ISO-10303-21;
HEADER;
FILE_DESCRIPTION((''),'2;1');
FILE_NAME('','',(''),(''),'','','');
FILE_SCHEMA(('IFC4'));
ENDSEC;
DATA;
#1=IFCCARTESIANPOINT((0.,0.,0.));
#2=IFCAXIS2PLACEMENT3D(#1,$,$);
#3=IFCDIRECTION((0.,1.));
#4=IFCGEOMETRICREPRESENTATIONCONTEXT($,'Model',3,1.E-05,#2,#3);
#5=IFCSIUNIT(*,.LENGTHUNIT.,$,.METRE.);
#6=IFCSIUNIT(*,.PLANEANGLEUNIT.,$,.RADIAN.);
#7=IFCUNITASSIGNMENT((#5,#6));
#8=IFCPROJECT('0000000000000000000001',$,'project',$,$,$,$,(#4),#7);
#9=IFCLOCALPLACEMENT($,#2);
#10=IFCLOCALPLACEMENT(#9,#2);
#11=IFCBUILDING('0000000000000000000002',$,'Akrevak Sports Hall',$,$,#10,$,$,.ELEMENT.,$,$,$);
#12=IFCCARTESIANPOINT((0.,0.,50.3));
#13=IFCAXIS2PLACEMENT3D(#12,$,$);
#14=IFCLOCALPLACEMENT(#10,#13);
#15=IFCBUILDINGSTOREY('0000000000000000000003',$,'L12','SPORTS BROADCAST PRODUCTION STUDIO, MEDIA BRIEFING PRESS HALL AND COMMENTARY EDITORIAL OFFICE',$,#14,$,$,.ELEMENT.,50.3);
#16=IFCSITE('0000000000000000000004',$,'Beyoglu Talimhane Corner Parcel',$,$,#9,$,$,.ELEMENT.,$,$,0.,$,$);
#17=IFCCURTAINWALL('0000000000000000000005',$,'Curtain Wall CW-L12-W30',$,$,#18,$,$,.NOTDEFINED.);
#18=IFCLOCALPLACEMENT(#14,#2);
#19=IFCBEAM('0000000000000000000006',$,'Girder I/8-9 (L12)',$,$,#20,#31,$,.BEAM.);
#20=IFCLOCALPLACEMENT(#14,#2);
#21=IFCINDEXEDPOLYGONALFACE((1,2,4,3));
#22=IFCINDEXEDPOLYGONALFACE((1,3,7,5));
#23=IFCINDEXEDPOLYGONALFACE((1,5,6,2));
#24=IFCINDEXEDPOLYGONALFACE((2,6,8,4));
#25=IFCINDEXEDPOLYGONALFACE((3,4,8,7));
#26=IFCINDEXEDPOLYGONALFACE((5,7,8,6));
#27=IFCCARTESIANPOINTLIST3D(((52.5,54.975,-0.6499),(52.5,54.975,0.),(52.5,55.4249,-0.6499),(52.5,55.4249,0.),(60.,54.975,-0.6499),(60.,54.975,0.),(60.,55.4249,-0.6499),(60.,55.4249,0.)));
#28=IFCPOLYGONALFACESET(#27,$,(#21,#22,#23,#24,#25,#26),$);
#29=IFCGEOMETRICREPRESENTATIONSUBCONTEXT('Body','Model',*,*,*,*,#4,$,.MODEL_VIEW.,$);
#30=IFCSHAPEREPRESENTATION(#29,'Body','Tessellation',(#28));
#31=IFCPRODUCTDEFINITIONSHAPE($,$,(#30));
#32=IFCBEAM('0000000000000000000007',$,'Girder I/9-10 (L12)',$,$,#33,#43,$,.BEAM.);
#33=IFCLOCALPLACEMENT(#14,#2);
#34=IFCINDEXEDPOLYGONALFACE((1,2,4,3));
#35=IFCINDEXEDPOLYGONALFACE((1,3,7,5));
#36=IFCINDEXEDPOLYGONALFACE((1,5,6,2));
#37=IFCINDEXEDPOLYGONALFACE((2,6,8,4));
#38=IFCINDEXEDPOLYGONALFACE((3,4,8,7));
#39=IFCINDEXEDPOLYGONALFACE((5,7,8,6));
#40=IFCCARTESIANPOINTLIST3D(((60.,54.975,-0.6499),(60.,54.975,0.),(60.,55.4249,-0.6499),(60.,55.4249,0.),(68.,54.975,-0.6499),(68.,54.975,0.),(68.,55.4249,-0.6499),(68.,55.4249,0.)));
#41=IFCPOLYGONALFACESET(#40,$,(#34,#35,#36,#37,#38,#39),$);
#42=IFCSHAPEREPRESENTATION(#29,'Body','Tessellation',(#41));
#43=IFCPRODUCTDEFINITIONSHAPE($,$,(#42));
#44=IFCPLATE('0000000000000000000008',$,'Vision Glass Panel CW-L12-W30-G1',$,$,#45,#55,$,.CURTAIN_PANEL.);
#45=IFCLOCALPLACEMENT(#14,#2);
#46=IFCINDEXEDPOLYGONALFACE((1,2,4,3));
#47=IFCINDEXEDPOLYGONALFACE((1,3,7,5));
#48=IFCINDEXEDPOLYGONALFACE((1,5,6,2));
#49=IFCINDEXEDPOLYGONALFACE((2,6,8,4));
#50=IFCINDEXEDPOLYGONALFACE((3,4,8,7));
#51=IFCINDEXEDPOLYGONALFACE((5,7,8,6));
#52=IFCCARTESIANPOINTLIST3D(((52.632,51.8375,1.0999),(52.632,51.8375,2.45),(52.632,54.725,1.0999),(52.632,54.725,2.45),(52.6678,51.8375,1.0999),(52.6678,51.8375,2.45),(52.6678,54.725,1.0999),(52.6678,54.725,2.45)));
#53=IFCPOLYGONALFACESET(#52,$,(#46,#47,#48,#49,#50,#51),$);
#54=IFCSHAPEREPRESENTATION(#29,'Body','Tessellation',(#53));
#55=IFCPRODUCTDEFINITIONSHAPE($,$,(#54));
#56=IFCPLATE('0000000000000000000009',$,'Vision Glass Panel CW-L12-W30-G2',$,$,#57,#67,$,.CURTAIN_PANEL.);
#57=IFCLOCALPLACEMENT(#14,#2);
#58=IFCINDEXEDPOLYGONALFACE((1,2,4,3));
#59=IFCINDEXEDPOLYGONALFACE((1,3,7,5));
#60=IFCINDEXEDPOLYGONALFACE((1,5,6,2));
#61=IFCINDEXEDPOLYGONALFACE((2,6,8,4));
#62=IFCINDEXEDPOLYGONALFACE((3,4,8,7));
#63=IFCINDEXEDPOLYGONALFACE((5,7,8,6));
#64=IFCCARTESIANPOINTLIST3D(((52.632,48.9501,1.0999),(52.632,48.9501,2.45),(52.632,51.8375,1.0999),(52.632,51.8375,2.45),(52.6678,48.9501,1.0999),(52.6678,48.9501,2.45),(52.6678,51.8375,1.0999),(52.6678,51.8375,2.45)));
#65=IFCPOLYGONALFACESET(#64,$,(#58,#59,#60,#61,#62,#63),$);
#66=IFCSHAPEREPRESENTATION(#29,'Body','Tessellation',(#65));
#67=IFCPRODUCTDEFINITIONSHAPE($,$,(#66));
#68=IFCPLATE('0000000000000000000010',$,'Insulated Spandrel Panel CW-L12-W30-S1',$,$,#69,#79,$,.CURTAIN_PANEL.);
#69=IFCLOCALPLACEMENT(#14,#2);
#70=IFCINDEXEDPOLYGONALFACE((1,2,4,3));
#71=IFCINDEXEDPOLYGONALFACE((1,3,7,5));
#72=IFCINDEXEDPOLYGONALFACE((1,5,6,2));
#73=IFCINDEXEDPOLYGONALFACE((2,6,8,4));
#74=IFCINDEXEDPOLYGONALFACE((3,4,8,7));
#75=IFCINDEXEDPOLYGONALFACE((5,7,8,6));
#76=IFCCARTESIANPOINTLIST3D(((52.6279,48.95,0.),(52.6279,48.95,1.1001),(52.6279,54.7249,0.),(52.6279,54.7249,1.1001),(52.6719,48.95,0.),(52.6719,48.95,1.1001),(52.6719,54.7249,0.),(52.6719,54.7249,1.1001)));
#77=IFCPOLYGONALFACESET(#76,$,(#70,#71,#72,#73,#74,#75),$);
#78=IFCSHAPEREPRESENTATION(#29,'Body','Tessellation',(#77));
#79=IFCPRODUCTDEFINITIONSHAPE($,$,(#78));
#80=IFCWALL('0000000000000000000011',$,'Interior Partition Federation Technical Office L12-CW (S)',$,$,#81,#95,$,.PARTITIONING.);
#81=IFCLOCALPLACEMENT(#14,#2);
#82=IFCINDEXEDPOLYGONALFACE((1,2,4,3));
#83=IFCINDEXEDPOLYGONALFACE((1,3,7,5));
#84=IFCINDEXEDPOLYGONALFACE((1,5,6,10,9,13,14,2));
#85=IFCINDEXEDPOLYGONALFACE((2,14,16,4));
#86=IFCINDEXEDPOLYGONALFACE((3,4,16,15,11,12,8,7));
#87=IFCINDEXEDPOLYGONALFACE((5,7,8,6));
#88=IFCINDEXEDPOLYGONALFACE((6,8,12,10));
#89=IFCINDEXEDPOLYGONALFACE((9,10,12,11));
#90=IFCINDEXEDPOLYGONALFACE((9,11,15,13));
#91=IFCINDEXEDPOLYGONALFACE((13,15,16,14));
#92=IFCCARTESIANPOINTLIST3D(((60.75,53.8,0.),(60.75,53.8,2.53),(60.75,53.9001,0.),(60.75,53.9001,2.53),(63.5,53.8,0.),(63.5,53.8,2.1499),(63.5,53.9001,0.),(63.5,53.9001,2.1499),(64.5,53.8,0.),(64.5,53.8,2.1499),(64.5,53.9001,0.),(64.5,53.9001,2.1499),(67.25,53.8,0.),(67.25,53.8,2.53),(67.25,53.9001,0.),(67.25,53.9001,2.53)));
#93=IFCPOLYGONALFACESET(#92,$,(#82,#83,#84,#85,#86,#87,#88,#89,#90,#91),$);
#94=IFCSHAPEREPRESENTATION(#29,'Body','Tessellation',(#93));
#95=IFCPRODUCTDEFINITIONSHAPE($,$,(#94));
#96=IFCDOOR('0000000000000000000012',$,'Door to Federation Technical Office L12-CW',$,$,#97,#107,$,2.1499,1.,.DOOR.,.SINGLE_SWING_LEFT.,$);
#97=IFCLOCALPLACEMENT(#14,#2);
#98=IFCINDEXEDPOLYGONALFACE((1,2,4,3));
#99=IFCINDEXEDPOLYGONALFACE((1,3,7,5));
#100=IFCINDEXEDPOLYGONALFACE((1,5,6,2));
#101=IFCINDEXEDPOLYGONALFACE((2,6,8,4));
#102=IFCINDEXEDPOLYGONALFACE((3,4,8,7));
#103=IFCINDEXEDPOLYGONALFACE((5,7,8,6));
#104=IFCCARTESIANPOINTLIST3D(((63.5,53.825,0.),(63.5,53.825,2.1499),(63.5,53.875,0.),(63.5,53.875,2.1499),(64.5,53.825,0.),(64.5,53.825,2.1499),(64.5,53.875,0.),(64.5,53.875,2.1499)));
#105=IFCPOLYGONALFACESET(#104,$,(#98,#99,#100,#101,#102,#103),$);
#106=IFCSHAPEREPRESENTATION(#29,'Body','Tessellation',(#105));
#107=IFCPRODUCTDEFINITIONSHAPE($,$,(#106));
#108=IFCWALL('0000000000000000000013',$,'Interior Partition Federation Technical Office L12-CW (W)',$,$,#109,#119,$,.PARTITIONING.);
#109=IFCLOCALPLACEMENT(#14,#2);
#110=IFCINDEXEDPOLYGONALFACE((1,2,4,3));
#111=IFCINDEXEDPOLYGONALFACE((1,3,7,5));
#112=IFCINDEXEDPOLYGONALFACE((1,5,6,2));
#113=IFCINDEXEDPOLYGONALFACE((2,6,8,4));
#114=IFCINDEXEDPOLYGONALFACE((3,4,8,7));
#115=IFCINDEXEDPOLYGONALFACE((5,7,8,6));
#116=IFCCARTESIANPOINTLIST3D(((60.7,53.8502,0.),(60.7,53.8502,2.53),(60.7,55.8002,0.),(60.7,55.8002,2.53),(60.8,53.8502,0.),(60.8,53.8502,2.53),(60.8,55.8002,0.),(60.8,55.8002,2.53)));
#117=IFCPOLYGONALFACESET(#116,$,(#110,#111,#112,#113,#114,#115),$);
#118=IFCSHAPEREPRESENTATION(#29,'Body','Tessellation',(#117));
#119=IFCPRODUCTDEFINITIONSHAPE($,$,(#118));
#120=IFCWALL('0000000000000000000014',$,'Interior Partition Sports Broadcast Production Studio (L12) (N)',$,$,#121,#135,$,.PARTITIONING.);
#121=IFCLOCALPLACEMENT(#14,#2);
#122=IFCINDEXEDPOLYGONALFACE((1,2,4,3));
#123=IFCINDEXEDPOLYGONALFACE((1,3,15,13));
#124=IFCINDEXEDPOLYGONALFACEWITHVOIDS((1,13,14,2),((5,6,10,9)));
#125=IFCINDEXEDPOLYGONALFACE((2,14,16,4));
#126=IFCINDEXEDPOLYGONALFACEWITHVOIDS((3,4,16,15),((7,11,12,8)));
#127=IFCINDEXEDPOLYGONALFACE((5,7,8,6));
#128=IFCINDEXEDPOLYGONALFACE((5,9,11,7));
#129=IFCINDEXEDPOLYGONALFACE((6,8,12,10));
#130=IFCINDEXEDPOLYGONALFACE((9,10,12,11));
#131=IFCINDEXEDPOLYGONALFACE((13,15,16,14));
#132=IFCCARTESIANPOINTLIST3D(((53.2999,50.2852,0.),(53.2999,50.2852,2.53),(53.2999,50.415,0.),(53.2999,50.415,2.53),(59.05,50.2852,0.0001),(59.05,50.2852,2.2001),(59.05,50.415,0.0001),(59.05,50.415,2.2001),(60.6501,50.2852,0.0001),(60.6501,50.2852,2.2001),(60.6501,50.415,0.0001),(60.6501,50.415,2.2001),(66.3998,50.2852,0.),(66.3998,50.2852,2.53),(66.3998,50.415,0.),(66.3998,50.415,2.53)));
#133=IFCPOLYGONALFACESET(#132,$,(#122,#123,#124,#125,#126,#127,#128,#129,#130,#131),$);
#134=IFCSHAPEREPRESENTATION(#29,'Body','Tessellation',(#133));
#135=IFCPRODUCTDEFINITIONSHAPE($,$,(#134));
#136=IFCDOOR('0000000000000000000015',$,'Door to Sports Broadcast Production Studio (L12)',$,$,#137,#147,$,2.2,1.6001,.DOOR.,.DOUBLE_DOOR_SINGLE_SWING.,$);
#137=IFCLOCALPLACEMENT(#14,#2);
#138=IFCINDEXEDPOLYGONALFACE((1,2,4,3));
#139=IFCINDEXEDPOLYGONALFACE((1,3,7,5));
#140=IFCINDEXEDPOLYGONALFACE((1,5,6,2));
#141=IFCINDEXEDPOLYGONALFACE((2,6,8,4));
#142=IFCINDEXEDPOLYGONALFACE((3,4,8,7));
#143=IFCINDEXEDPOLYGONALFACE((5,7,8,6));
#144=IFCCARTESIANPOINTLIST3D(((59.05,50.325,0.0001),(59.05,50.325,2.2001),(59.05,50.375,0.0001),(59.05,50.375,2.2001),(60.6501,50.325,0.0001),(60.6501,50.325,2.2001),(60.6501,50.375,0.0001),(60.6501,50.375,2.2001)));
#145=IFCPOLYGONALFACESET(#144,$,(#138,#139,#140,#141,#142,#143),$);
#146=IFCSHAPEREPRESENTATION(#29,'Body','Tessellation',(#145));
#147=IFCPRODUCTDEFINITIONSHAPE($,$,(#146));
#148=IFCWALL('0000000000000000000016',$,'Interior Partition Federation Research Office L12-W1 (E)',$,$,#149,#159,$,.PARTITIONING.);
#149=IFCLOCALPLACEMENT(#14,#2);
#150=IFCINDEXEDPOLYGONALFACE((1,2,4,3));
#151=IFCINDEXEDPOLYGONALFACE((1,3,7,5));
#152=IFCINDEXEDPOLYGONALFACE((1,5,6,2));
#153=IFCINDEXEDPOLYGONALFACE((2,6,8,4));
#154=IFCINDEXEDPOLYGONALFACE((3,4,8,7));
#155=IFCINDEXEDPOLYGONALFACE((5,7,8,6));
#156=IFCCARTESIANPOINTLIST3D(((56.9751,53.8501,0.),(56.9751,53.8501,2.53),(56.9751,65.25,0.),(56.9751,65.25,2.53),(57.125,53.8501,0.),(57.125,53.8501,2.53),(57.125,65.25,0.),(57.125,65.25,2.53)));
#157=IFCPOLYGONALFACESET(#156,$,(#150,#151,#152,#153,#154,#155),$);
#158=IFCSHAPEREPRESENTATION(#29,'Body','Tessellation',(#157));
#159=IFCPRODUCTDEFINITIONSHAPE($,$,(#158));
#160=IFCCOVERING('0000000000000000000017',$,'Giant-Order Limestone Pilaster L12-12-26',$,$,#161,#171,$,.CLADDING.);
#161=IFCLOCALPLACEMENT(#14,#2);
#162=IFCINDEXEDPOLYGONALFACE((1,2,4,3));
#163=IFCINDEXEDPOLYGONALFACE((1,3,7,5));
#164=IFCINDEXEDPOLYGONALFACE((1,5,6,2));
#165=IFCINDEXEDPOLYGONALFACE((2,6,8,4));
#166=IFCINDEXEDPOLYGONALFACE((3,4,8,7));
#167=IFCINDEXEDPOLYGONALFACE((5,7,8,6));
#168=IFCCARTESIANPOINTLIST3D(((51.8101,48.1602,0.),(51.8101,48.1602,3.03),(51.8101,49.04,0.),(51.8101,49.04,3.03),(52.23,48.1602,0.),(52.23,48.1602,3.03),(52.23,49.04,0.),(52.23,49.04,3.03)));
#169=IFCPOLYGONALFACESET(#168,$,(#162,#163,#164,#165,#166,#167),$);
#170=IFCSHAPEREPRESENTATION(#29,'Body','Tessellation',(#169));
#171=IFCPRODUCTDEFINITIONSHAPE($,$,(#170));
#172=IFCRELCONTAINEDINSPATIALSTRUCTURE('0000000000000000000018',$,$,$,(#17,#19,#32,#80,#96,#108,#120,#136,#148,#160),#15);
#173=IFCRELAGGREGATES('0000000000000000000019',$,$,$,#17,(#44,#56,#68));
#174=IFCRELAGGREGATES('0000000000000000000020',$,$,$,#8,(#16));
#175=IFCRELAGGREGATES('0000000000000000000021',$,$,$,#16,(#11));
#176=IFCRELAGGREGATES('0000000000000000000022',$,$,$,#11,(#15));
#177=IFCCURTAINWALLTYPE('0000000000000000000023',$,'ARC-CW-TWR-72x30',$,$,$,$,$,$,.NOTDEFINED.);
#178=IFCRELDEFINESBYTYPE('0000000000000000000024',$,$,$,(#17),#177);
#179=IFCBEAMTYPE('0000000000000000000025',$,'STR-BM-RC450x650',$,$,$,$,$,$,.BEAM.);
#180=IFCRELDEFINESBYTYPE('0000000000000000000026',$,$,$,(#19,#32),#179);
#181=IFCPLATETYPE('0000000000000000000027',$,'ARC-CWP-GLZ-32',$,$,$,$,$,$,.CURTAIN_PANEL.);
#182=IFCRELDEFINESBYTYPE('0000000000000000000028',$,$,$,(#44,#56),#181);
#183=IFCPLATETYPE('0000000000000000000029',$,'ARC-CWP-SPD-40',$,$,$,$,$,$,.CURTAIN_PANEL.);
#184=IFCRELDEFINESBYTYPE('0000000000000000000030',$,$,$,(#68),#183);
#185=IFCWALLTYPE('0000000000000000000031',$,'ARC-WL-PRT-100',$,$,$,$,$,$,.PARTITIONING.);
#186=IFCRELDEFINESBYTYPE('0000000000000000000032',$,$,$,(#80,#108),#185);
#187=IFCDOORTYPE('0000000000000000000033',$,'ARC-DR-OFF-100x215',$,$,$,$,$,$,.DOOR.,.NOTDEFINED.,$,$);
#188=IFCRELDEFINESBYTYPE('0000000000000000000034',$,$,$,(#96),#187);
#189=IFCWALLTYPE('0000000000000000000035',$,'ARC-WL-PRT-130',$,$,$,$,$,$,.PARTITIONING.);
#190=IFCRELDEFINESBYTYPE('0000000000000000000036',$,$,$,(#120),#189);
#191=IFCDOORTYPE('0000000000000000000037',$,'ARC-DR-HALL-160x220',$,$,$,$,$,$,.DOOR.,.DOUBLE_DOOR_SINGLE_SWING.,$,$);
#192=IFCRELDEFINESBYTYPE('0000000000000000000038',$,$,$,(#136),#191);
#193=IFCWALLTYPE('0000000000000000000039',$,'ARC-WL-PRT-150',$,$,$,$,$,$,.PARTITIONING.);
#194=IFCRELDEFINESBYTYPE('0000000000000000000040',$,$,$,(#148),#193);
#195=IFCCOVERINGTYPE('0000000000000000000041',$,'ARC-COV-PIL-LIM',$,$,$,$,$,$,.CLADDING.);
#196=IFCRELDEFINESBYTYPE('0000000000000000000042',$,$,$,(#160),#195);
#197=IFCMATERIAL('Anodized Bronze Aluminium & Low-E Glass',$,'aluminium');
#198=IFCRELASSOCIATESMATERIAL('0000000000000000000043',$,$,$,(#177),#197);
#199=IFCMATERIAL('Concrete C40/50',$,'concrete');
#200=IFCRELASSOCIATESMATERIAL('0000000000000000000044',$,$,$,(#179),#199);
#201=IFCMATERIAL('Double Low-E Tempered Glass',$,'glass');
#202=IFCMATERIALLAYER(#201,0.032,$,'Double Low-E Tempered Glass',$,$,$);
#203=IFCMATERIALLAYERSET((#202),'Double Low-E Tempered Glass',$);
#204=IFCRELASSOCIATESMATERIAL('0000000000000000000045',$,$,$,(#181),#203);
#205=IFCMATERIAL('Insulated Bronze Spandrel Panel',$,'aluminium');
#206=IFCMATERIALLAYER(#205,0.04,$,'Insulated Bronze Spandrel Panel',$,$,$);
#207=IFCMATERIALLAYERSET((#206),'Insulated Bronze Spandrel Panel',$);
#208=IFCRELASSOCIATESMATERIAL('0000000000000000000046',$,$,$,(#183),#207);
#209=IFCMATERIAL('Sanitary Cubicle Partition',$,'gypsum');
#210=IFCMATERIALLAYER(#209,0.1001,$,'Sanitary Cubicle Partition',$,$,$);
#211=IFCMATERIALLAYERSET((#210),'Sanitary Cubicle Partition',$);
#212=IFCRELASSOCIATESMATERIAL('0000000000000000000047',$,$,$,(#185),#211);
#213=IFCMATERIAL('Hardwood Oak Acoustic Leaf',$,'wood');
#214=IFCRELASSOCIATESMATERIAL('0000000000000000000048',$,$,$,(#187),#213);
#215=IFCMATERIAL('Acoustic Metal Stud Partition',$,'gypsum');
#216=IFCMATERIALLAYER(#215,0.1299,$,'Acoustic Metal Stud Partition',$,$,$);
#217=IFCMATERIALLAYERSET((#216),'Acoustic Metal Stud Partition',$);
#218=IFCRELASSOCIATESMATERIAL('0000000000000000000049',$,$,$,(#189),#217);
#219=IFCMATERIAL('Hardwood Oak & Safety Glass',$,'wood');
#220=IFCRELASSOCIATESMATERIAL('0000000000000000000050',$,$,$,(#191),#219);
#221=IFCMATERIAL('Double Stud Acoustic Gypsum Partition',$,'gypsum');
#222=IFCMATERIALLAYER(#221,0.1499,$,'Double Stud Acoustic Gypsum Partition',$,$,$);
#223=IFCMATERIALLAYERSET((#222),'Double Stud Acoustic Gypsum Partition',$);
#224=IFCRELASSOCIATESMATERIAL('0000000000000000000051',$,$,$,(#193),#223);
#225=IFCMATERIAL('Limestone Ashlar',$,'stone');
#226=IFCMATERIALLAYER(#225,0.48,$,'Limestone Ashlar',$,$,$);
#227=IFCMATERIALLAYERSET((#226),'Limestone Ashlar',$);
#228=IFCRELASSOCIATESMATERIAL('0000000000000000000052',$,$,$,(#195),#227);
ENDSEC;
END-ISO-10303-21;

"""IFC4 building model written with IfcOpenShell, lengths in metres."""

from ifc_helpers import new_model, si_unit, direction, frame, frame_2d, origin, origin_2d, place, context, subcontext, project, spatial, rectangle, extrude, material, layer, layer_set, material_profile, profile_set, type_object, element, fill, aggregate, save


model = new_model("IFC4")

# Units and contexts
model_context = context("Model", 3, precision=1e-05, world=origin(), true_north=direction((0.0, 1.0)))
body_context = subcontext(model_context, "Body", "Model", "MODEL_VIEW")
ifc_project = project(units=[si_unit("LENGTHUNIT", "METRE"), si_unit("PLANEANGLEUNIT", "RADIAN")], contexts=[model_context])

# Site, building, storey
site_placement = place(None, origin())
site = spatial("IfcSite", under=ifc_project, at=site_placement, Name="Beyoglu Talimhane Corner Parcel", CompositionType="ELEMENT", RefElevation=0.0)
building_placement = place(site_placement, origin())
building = spatial("IfcBuilding", under=site, at=building_placement, Name="Akrevak Sports Hall", CompositionType="ELEMENT")
storey_placement = place(building_placement, frame((0.0, 0.0, 50.3)))
storey = spatial("IfcBuildingStorey", under=building, at=storey_placement, Name="L12", Description="SPORTS BROADCAST PRODUCTION STUDIO, MEDIA BRIEFING PRESS HALL AND COMMENTARY EDITORIAL OFFICE", CompositionType="ELEMENT", Elevation=50.3)

# Shared definitions
ifc_material_1 = material(Name="Concrete C40/50", Category="concrete")

# Curtain wall
ifc_material_2 = material(Name="Anodized Bronze Aluminium & Low-E Glass", Category="aluminium")
curtain_wall_type = type_object("IfcCurtainWallType", Name="ARC-CW-TWR-72x30", PredefinedType="NOTDEFINED", material=ifc_material_2)
curtain_wall_placement = place(storey_placement, origin())
curtain_wall = element("IfcCurtainWall", 1, at=curtain_wall_placement, inside=storey, type_object=curtain_wall_type, Name="Curtain Wall CW-L12-W30", PredefinedType="NOTDEFINED")

# Beams
ifc_material_profile_1 = material_profile(ifc_material_1, rectangle(XDim=0.45, YDim=0.6499, at=origin_2d()), Name="BM 450x650", Category="concrete")
ifc_profile_set_1 = profile_set([ifc_material_profile_1], Name="Concrete C40/50")
beam_type_1 = type_object("IfcBeamType", Name="STR-BM-RC450x650", PredefinedType="BEAM", material=ifc_profile_set_1)
beam_1_placement = place(storey_placement, frame((52.5, 55.2, -0.325), z_axis=(1.0, 0.0, 0.0), x_axis=(0.0, 1.0, 0.0)))
element("IfcBeam", 2, at=beam_1_placement, inside=storey, type_object=beam_type_1, Name="Girder I/8-9 (L12)", PredefinedType="BEAM", context=body_context, shape_type="SweptSolid", body=[
    extrude(rectangle(XDim=0.45, YDim=0.6499, at=origin_2d()), origin(), (0.0, 0.0, 1.0), 7.5),
])
beam_2_placement = place(storey_placement, frame((60.0, 55.2, -0.325), z_axis=(1.0, 0.0, 0.0), x_axis=(0.0, 1.0, 0.0)))
element("IfcBeam", 3, at=beam_2_placement, inside=storey, type_object=beam_type_1, Name="Girder I/9-10 (L12)", PredefinedType="BEAM", context=body_context, shape_type="SweptSolid", body=[
    extrude(rectangle(XDim=0.45, YDim=0.6499, at=origin_2d()), origin(), (0.0, 0.0, 1.0), 8.0),
])

# Plates
ifc_material_3 = material(Name="Double Low-E Tempered Glass", Category="glass")
ifc_layer_1 = layer(ifc_material_3, 0.032, Name="Double Low-E Tempered Glass")
ifc_layer_set_1 = layer_set([ifc_layer_1], Name="Double Low-E Tempered Glass")
plate_type_1 = type_object("IfcPlateType", Name="ARC-CWP-GLZ-32", PredefinedType="CURTAIN_PANEL", material=ifc_layer_set_1)
plate_1_placement = place(storey_placement, frame((52.6499, 53.2812, 1.0999), z_axis=(0.0, 0.0, 1.0), x_axis=(0.0, -1.0, 0.0)))
plate_1 = element("IfcPlate", 4, at=plate_1_placement, type_object=plate_type_1, Name="Vision Glass Panel CW-L12-W30-G1", PredefinedType="CURTAIN_PANEL", context=body_context, shape_type="SweptSolid", body=[
    extrude(rectangle(XDim=2.8875, YDim=0.0359, at=origin_2d()), origin(), (0.0, 0.0, 1.0), 1.3501),
])
plate_2_placement = place(storey_placement, frame((52.6499, 50.3938, 1.0999), z_axis=(0.0, 0.0, 1.0), x_axis=(0.0, -1.0, 0.0)))
plate_2 = element("IfcPlate", 5, at=plate_2_placement, type_object=plate_type_1, Name="Vision Glass Panel CW-L12-W30-G2", PredefinedType="CURTAIN_PANEL", context=body_context, shape_type="SweptSolid", body=[
    extrude(rectangle(XDim=2.8875, YDim=0.0359, at=origin_2d()), origin(), (0.0, 0.0, 1.0), 1.3501),
])
ifc_material_4 = material(Name="Insulated Bronze Spandrel Panel", Category="aluminium")
ifc_layer_2 = layer(ifc_material_4, 0.04, Name="Insulated Bronze Spandrel Panel")
ifc_layer_set_2 = layer_set([ifc_layer_2], Name="Insulated Bronze Spandrel Panel")
plate_type_2 = type_object("IfcPlateType", Name="ARC-CWP-SPD-40", PredefinedType="CURTAIN_PANEL", material=ifc_layer_set_2)
plate_3_placement = place(storey_placement, frame((52.6499, 51.8374, 0.0), z_axis=(0.0, 0.0, 1.0), x_axis=(0.0, -1.0, 0.0)))
plate_3 = element("IfcPlate", 6, at=plate_3_placement, type_object=plate_type_2, Name="Insulated Spandrel Panel CW-L12-W30-S1", PredefinedType="CURTAIN_PANEL", context=body_context, shape_type="SweptSolid", body=[
    extrude(rectangle(XDim=5.7749, YDim=0.0439, at=origin_2d()), origin(), (0.0, 0.0, 1.0), 1.1001),
])
aggregate(curtain_wall, [plate_1, plate_2, plate_3])

# Wall, opening, door
ifc_material_5 = material(Name="Sanitary Cubicle Partition", Category="gypsum")
ifc_layer_3 = layer(ifc_material_5, 0.1001, Name="Sanitary Cubicle Partition")
ifc_layer_set_3 = layer_set([ifc_layer_3], Name="Sanitary Cubicle Partition")
wall_type_1 = type_object("IfcWallType", Name="ARC-WL-PRT-100", PredefinedType="PARTITIONING", material=ifc_layer_set_3)
wall_1_placement = place(storey_placement, frame((60.75, 53.8501, 0.0), z_axis=(0.0, 0.0, 1.0), x_axis=(1.0, 0.0, 0.0)))
wall_1 = element("IfcWall", 7, at=wall_1_placement, inside=storey, type_object=wall_type_1, Name="Interior Partition Federation Technical Office L12-CW (S)", PredefinedType="PARTITIONING", context=body_context, shape_type="SweptSolid", body=[
    extrude(rectangle(XDim=6.5, YDim=0.1001, at=frame_2d((3.25, 0.0))), origin(), (0.0, 0.0, 1.0), 2.53),
])
opening_1_placement = place(wall_1_placement, frame((2.75, 0.0, 0.0)))
opening_1 = element("IfcOpeningElement", 8, at=opening_1_placement, cuts=wall_1, PredefinedType="OPENING", context=body_context, shape_type="SweptSolid", body=[
    extrude(rectangle(XDim=1.0, YDim=2.1499, at=frame_2d((0.5, 1.075))), frame((0.0, 0.062, 0.0), z_axis=(0.0, -1.0, 0.0), x_axis=(1.0, 0.0, 0.0)), (0.0, 0.0, 1.0), 0.124),
])
ifc_material_6 = material(Name="Hardwood Oak Acoustic Leaf", Category="wood")
door_type_1 = type_object("IfcDoorType", Name="ARC-DR-OFF-100x215", OperationType="NOTDEFINED", PredefinedType="DOOR", material=ifc_material_6)
door_1_placement = place(opening_1_placement, origin())
door_1 = element("IfcDoor", 9, at=door_1_placement, inside=storey, type_object=door_type_1, Name="Door to Federation Technical Office L12-CW", OperationType="SINGLE_SWING_LEFT", OverallHeight=2.1499, OverallWidth=1.0, PredefinedType="DOOR", context=body_context, shape_type="SweptSolid", body=[
    extrude(rectangle(XDim=1.0, YDim=2.1499, at=frame_2d((0.5, 1.075))), frame((0.0, 0.0249, 0.0), z_axis=(0.0, -1.0, 0.0), x_axis=(1.0, 0.0, 0.0)), (0.0, 0.0, 1.0), 0.05),
])
fill(opening_1, door_1)

# Wall
wall_2_placement = place(storey_placement, frame((60.75, 53.8501, 0.0), z_axis=(0.0, 0.0, 1.0), x_axis=(0.0, 1.0, 0.0)))
element("IfcWall", 10, at=wall_2_placement, inside=storey, type_object=wall_type_1, Name="Interior Partition Federation Technical Office L12-CW (W)", PredefinedType="PARTITIONING", context=body_context, shape_type="SweptSolid", body=[
    extrude(rectangle(XDim=1.95, YDim=0.1001, at=frame_2d((0.9751, 0.0))), origin(), (0.0, 0.0, 1.0), 2.53),
])

# Wall, opening, door
ifc_material_7 = material(Name="Acoustic Metal Stud Partition", Category="gypsum")
ifc_layer_4 = layer(ifc_material_7, 0.1299, Name="Acoustic Metal Stud Partition")
ifc_layer_set_4 = layer_set([ifc_layer_4], Name="Acoustic Metal Stud Partition")
wall_type_2 = type_object("IfcWallType", Name="ARC-WL-PRT-130", PredefinedType="PARTITIONING", material=ifc_layer_set_4)
wall_3_placement = place(storey_placement, frame((53.3, 50.3501, 0.0), z_axis=(0.0, 0.0, 1.0), x_axis=(1.0, 0.0, 0.0)))
wall_3 = element("IfcWall", 11, at=wall_3_placement, inside=storey, type_object=wall_type_2, Name="Interior Partition Sports Broadcast Production Studio (L12) (N)", PredefinedType="PARTITIONING", context=body_context, shape_type="SweptSolid", body=[
    extrude(rectangle(XDim=13.0999, YDim=0.1299, at=frame_2d((6.5498, 0.0))), origin(), (0.0, 0.0, 1.0), 2.53),
])
opening_2_placement = place(wall_3_placement, frame((5.75, 0.0, 0.0)))
opening_2 = element("IfcOpeningElement", 12, at=opening_2_placement, cuts=wall_3, PredefinedType="OPENING", context=body_context, shape_type="SweptSolid", body=[
    extrude(rectangle(XDim=1.6001, YDim=2.2, at=frame_2d((0.8, 1.1001))), frame((0.0, 0.0769, 0.0), z_axis=(0.0, -1.0, 0.0), x_axis=(1.0, 0.0, 0.0)), (0.0, 0.0, 1.0), 0.1538),
])
ifc_material_8 = material(Name="Hardwood Oak & Safety Glass", Category="wood")
door_type_2 = type_object("IfcDoorType", Name="ARC-DR-HALL-160x220", OperationType="DOUBLE_DOOR_SINGLE_SWING", PredefinedType="DOOR", material=ifc_material_8)
door_2_placement = place(opening_2_placement, origin())
door_2 = element("IfcDoor", 13, at=door_2_placement, inside=storey, type_object=door_type_2, Name="Door to Sports Broadcast Production Studio (L12)", OperationType="DOUBLE_DOOR_SINGLE_SWING", OverallHeight=2.2, OverallWidth=1.6001, PredefinedType="DOOR", context=body_context, shape_type="SweptSolid", body=[
    extrude(rectangle(XDim=1.6001, YDim=2.2, at=frame_2d((0.8, 1.1001))), frame((0.0, 0.0249, 0.0), z_axis=(0.0, -1.0, 0.0), x_axis=(1.0, 0.0, 0.0)), (0.0, 0.0, 1.0), 0.05),
])
fill(opening_2, door_2)
ifc_material_9 = material(Name="Double Stud Acoustic Gypsum Partition", Category="gypsum")
ifc_layer_5 = layer(ifc_material_9, 0.1499, Name="Double Stud Acoustic Gypsum Partition")
ifc_layer_set_5 = layer_set([ifc_layer_5], Name="Double Stud Acoustic Gypsum Partition")
wall_type_3 = type_object("IfcWallType", Name="ARC-WL-PRT-150", PredefinedType="PARTITIONING", material=ifc_layer_set_5)

# Wall
wall_4_placement = place(storey_placement, frame((57.05, 53.8501, 0.0), z_axis=(0.0, 0.0, 1.0), x_axis=(0.0, 1.0, 0.0)))
element("IfcWall", 14, at=wall_4_placement, inside=storey, type_object=wall_type_3, Name="Interior Partition Federation Research Office L12-W1 (E)", PredefinedType="PARTITIONING", context=body_context, shape_type="SweptSolid", body=[
    extrude(rectangle(XDim=11.3999, YDim=0.1499, at=frame_2d((5.7, 0.0))), origin(), (0.0, 0.0, 1.0), 2.53),
])

# Covering
ifc_material_10 = material(Name="Limestone Ashlar", Category="stone")
ifc_layer_6 = layer(ifc_material_10, 0.48, Name="Limestone Ashlar")
ifc_layer_set_6 = layer_set([ifc_layer_6], Name="Limestone Ashlar")
covering_type = type_object("IfcCoveringType", Name="ARC-COV-PIL-LIM", PredefinedType="CLADDING", material=ifc_layer_set_6)
for number, where, z_axis, x_axis, name in (
    (15, (52.02, 48.6001, 0.0), (0.0, 0.0, 1.0), (0.0, -1.0, 0.0), "Giant-Order Limestone Pilaster L12-12-26"),
):
    element("IfcCovering", number, at=place(storey_placement, frame(where, z_axis=z_axis, x_axis=x_axis)), inside=storey, type_object=covering_type, Name=name, PredefinedType="CLADDING", context=body_context, shape_type="SweptSolid", body=[
        extrude(rectangle(XDim=0.8799, YDim=0.4199, at=origin_2d()), origin(), (0.0, 0.0, 1.0), 3.03),
    ])

save(model, "model.ifc")
